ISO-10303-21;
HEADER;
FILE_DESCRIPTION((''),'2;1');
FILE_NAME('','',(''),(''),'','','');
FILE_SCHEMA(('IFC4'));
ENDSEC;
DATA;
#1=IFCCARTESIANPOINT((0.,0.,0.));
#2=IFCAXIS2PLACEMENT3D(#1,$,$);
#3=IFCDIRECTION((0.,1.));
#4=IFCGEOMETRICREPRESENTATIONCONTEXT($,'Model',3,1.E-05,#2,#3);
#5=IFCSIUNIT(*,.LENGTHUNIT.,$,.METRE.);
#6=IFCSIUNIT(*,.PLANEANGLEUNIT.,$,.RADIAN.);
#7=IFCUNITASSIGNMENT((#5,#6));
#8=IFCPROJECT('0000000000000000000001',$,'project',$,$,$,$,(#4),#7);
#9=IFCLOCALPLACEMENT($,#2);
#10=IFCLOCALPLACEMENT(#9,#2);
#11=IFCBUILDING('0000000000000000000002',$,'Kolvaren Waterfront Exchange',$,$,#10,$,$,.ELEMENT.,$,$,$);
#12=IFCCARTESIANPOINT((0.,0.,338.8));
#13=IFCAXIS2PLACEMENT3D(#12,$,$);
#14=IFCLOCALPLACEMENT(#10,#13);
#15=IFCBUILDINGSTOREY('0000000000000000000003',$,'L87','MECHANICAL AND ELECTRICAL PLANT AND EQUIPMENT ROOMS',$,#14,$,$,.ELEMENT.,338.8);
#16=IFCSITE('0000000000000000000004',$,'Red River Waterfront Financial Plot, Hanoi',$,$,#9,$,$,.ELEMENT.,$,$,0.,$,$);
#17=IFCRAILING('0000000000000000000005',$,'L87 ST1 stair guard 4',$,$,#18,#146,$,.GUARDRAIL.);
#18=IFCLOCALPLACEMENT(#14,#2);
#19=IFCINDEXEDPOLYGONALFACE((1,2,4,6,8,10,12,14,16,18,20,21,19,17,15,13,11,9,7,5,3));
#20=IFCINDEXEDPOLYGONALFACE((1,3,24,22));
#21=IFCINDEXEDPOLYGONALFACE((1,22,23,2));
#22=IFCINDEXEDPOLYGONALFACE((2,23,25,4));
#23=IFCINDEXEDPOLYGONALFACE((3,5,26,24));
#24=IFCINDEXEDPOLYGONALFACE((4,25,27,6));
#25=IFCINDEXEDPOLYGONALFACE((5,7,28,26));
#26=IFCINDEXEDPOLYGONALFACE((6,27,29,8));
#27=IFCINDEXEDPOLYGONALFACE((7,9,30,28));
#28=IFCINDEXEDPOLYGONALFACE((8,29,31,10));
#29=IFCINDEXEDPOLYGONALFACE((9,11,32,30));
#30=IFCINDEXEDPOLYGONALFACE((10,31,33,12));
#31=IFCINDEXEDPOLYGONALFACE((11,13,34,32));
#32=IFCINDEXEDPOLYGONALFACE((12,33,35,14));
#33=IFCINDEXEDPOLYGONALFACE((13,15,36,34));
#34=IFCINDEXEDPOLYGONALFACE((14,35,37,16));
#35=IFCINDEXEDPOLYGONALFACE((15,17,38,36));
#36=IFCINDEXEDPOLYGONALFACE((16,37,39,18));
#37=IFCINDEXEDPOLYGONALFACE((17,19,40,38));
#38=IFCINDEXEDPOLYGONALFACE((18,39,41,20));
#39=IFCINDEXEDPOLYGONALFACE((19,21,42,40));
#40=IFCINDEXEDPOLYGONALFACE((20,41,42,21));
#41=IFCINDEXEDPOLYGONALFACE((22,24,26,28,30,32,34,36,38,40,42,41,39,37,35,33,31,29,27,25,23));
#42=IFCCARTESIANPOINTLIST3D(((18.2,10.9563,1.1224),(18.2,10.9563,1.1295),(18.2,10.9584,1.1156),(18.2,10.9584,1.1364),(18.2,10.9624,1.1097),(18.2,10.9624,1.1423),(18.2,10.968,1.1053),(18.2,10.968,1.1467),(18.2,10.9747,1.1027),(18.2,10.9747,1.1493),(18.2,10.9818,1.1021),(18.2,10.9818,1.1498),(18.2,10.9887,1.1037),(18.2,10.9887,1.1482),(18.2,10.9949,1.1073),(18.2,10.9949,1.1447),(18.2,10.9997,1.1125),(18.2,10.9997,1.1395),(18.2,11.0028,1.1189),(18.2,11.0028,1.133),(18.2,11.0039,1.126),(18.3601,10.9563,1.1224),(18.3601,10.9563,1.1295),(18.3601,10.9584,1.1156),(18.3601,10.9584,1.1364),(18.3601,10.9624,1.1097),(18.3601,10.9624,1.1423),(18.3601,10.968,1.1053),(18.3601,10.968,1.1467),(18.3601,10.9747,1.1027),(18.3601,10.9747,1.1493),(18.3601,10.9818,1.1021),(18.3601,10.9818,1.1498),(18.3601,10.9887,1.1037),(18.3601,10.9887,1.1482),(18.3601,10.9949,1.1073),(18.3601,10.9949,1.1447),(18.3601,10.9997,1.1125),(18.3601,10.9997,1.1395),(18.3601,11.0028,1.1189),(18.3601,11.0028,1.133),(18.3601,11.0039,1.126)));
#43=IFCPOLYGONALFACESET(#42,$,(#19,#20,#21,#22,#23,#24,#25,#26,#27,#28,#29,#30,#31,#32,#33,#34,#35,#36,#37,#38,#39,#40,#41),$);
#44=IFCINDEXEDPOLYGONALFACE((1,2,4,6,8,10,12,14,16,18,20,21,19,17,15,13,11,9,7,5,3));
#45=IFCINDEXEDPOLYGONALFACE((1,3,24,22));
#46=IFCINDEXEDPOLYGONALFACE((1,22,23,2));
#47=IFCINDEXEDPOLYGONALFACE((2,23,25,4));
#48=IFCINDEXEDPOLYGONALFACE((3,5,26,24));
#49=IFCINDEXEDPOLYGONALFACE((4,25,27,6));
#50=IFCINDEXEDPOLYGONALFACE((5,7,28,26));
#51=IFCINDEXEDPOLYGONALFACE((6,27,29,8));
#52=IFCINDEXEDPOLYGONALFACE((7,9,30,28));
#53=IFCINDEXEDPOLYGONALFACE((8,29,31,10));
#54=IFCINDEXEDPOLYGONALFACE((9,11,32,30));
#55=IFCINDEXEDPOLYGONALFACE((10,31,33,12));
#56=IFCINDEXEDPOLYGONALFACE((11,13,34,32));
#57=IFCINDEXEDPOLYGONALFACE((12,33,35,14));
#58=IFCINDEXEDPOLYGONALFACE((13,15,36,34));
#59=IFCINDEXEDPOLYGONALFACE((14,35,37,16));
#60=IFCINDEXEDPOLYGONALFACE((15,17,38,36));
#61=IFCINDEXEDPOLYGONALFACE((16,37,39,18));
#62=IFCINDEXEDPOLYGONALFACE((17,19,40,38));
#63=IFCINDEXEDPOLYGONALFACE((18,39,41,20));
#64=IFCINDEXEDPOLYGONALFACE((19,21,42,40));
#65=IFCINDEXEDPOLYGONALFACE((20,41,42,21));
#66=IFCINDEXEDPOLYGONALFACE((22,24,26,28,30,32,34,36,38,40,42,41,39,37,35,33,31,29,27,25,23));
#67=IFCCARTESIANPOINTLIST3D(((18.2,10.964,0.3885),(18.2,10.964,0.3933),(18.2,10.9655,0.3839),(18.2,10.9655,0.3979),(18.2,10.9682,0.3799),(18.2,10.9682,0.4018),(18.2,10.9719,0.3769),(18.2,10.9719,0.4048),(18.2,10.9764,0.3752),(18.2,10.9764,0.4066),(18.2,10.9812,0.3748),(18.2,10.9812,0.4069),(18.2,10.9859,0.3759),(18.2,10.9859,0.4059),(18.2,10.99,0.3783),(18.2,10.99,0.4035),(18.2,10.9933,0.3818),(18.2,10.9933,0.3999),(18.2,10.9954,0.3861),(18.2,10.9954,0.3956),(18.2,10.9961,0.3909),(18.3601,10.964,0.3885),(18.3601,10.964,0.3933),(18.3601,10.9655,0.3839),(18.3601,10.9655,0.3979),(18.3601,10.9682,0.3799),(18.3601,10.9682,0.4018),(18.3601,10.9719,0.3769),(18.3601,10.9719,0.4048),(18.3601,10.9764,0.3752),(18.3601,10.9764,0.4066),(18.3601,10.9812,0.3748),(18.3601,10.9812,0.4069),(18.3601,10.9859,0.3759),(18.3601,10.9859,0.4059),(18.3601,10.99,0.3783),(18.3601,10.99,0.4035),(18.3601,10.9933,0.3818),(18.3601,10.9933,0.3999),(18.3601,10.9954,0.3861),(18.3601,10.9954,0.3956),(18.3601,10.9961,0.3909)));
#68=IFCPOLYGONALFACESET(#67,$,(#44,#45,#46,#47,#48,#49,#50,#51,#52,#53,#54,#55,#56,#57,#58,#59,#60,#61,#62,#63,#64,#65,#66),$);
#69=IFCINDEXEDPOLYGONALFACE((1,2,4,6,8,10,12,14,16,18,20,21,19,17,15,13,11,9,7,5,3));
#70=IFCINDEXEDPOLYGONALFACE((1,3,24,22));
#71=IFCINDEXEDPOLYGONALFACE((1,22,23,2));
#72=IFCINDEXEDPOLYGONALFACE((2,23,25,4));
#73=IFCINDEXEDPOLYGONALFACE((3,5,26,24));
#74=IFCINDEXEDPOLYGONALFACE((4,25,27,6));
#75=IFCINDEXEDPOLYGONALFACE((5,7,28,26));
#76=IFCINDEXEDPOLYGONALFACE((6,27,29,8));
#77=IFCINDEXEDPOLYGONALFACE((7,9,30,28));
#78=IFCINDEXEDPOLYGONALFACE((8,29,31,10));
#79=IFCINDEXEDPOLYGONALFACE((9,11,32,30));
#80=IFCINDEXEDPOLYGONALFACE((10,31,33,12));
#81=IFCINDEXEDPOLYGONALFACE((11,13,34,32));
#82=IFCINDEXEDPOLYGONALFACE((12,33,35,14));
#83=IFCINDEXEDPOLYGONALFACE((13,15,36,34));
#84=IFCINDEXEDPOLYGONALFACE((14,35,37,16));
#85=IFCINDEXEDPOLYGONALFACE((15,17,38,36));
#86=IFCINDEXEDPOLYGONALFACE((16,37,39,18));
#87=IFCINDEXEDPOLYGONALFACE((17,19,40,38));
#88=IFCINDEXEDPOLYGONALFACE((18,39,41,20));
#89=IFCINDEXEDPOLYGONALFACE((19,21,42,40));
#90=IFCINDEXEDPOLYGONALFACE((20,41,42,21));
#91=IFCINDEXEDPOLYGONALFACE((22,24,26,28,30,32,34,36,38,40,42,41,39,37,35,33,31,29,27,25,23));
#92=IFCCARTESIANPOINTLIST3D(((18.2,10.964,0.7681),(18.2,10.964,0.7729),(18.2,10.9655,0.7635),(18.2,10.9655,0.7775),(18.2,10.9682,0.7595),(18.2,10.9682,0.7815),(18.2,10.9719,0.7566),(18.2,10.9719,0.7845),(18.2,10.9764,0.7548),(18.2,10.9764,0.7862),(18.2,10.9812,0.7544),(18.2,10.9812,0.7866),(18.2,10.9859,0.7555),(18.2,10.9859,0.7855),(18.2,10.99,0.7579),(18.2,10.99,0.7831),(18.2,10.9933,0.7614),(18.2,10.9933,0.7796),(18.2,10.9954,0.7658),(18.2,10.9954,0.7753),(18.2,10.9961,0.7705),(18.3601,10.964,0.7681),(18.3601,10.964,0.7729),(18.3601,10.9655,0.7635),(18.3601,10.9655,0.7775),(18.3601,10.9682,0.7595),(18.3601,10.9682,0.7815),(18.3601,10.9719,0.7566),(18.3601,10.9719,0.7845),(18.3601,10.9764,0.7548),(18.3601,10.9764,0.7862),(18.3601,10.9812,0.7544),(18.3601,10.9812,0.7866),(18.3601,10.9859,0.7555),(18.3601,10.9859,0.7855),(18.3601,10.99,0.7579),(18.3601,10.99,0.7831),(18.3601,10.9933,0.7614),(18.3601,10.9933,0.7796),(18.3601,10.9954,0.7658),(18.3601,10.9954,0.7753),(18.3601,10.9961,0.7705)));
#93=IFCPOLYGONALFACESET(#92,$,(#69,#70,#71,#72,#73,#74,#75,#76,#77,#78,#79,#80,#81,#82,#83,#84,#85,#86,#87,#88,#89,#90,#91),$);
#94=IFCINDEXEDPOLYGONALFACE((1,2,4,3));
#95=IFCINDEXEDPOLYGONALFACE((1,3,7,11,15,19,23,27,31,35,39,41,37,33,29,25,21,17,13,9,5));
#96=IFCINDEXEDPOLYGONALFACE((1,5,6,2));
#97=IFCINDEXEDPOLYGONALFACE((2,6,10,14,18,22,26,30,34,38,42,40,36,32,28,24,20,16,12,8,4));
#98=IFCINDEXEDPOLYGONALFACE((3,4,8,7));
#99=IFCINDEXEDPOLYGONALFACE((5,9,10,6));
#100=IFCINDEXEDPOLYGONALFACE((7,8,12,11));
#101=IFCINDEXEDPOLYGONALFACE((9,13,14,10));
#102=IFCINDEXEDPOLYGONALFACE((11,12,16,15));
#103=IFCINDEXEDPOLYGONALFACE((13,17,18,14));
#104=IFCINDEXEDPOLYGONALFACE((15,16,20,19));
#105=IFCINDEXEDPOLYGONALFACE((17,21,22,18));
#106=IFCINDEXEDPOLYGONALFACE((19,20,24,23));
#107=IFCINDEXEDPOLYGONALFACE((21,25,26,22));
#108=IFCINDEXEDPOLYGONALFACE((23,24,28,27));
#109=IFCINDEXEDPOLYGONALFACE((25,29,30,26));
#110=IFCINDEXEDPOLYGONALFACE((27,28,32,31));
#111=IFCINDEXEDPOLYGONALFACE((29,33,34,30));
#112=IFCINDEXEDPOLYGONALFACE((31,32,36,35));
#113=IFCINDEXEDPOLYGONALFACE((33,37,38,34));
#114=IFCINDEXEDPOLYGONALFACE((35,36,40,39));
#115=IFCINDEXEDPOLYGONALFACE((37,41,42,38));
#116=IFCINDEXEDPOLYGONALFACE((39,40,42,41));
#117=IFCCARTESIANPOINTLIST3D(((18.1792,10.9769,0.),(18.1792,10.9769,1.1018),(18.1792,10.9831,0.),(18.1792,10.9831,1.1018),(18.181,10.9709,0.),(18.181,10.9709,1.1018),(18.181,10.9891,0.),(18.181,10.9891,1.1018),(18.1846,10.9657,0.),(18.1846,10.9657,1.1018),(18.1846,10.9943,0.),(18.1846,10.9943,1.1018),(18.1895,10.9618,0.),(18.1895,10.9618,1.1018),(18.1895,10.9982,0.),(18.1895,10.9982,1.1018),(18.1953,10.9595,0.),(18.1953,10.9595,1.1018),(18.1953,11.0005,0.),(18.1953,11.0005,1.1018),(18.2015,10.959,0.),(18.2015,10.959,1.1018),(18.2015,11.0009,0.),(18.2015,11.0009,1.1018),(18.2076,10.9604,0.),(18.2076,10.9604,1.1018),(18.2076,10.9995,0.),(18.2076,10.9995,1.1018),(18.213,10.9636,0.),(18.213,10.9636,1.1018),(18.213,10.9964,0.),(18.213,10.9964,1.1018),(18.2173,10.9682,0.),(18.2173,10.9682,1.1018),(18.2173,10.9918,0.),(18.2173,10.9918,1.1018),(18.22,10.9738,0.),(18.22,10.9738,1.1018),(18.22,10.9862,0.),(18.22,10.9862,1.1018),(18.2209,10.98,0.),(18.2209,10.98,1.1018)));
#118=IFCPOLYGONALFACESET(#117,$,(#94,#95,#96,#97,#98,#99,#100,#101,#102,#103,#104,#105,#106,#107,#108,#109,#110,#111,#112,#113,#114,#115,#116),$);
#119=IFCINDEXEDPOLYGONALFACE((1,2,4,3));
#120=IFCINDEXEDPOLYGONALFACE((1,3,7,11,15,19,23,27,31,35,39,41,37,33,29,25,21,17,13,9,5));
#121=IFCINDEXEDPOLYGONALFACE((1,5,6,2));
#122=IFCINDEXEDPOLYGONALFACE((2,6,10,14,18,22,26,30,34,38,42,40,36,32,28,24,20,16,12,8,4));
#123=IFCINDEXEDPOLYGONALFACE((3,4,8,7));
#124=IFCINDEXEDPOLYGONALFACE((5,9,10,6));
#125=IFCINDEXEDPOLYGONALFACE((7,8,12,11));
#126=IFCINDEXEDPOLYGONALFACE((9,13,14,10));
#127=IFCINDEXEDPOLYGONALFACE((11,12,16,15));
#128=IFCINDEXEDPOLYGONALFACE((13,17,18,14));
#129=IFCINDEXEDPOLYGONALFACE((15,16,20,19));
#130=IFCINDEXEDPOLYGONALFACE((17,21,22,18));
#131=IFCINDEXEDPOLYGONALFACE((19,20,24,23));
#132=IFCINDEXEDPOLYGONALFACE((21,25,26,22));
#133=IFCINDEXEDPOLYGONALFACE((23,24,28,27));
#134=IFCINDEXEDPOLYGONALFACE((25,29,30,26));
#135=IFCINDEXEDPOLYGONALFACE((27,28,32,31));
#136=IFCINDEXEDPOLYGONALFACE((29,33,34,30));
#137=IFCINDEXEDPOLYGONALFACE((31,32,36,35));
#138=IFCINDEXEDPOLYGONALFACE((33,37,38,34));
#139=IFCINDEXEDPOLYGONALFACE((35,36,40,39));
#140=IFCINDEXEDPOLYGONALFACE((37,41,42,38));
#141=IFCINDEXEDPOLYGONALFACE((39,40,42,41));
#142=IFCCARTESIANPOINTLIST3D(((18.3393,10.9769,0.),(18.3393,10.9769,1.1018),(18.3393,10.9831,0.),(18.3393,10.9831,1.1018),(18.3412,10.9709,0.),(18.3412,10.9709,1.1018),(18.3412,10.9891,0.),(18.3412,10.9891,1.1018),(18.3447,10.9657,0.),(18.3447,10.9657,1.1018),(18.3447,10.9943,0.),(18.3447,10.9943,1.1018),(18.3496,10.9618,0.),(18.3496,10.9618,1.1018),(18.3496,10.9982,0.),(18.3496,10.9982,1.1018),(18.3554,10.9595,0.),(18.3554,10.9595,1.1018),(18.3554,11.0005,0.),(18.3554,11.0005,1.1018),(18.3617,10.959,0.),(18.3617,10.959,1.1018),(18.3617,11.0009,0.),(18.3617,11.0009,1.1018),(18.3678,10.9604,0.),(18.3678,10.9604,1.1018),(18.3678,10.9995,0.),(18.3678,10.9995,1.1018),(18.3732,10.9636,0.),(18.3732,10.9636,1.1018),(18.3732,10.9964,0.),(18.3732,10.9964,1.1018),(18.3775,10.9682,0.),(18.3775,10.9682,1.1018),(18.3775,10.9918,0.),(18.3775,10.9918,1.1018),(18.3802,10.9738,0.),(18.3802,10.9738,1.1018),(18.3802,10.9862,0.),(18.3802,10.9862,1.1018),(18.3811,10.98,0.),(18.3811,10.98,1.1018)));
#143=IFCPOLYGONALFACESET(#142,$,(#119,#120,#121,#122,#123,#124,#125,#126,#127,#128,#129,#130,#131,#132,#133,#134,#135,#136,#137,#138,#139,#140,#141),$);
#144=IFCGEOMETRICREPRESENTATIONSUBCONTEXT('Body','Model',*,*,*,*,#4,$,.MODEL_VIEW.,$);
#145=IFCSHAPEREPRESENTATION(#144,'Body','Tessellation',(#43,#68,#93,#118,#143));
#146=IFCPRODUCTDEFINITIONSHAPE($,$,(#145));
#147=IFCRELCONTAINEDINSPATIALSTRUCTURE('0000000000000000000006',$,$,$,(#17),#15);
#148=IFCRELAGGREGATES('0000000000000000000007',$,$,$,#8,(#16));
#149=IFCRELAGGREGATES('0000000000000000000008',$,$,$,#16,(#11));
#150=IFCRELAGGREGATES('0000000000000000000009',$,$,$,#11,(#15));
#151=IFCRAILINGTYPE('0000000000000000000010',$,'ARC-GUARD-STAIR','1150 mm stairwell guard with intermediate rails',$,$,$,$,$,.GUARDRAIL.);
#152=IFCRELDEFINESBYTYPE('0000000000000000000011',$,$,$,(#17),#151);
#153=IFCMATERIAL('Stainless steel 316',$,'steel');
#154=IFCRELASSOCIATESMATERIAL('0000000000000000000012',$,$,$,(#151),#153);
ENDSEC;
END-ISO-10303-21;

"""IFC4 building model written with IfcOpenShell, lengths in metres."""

from ifc_helpers import new_model, si_unit, direction, frame, origin, origin_2d, place, context, subcontext, project, spatial, circle, extrude, material, type_object, element, save


model = new_model("IFC4")

# Units and contexts
model_context = context("Model", 3, precision=1e-05, world=origin(), true_north=direction((0.0, 1.0)))
body_context = subcontext(model_context, "Body", "Model", "MODEL_VIEW")
ifc_project = project(units=[si_unit("LENGTHUNIT", "METRE"), si_unit("PLANEANGLEUNIT", "RADIAN")], contexts=[model_context])

# Site, building, storey
site_placement = place(None, origin())
site = spatial("IfcSite", under=ifc_project, at=site_placement, Name="Red River Waterfront Financial Plot, Hanoi", CompositionType="ELEMENT", RefElevation=0.0)
building_placement = place(site_placement, origin())
building = spatial("IfcBuilding", under=site, at=building_placement, Name="Kolvaren Waterfront Exchange", CompositionType="ELEMENT")
storey_placement = place(building_placement, frame((0.0, 0.0, 338.8)))
storey = spatial("IfcBuildingStorey", under=building, at=storey_placement, Name="L87", Description="MECHANICAL AND ELECTRICAL PLANT AND EQUIPMENT ROOMS", CompositionType="ELEMENT", Elevation=338.8)

# Railing
ifc_material_1 = material(Name="Stainless steel 316", Category="steel")
railing_type_1 = type_object("IfcRailingType", Name="ARC-GUARD-STAIR", Description="1150 mm stairwell guard with intermediate rails", PredefinedType="GUARDRAIL", material=ifc_material_1)
railing_1_placement = place(storey_placement, frame((18.2, 10.98, 0.0)))
element("IfcRailing", 1, at=railing_1_placement, inside=storey, type_object=railing_type_1, Name="L87 ST1 stair guard 4", PredefinedType="GUARDRAIL", context=body_context, shape_type="SweptSolid", body=[
    extrude(circle(Radius=0.0239, at=origin_2d()), frame((0.0, 0.0, 1.126), z_axis=(1.0, 0.0, 0.0), x_axis=(0.0, 1.0, 0.0)), (0.0, 0.0, 1.0), 0.1602),
    extrude(circle(Radius=0.0161, at=origin_2d()), frame((0.0, 0.0, 0.3909), z_axis=(1.0, 0.0, 0.0), x_axis=(0.0, 1.0, 0.0)), (0.0, 0.0, 1.0), 0.1602),
    extrude(circle(Radius=0.0161, at=origin_2d()), frame((0.0, 0.0, 0.7705), z_axis=(1.0, 0.0, 0.0), x_axis=(0.0, 1.0, 0.0)), (0.0, 0.0, 1.0), 0.1602),
    extrude(circle(Radius=0.021, at=origin_2d()), origin(), (0.0, 0.0, 1.0), 1.1018),
    extrude(circle(Radius=0.021, at=origin_2d()), frame((0.1602, 0.0, 0.0)), (0.0, 0.0, 1.0), 1.1018),
])

save(model, "model.ifc")
